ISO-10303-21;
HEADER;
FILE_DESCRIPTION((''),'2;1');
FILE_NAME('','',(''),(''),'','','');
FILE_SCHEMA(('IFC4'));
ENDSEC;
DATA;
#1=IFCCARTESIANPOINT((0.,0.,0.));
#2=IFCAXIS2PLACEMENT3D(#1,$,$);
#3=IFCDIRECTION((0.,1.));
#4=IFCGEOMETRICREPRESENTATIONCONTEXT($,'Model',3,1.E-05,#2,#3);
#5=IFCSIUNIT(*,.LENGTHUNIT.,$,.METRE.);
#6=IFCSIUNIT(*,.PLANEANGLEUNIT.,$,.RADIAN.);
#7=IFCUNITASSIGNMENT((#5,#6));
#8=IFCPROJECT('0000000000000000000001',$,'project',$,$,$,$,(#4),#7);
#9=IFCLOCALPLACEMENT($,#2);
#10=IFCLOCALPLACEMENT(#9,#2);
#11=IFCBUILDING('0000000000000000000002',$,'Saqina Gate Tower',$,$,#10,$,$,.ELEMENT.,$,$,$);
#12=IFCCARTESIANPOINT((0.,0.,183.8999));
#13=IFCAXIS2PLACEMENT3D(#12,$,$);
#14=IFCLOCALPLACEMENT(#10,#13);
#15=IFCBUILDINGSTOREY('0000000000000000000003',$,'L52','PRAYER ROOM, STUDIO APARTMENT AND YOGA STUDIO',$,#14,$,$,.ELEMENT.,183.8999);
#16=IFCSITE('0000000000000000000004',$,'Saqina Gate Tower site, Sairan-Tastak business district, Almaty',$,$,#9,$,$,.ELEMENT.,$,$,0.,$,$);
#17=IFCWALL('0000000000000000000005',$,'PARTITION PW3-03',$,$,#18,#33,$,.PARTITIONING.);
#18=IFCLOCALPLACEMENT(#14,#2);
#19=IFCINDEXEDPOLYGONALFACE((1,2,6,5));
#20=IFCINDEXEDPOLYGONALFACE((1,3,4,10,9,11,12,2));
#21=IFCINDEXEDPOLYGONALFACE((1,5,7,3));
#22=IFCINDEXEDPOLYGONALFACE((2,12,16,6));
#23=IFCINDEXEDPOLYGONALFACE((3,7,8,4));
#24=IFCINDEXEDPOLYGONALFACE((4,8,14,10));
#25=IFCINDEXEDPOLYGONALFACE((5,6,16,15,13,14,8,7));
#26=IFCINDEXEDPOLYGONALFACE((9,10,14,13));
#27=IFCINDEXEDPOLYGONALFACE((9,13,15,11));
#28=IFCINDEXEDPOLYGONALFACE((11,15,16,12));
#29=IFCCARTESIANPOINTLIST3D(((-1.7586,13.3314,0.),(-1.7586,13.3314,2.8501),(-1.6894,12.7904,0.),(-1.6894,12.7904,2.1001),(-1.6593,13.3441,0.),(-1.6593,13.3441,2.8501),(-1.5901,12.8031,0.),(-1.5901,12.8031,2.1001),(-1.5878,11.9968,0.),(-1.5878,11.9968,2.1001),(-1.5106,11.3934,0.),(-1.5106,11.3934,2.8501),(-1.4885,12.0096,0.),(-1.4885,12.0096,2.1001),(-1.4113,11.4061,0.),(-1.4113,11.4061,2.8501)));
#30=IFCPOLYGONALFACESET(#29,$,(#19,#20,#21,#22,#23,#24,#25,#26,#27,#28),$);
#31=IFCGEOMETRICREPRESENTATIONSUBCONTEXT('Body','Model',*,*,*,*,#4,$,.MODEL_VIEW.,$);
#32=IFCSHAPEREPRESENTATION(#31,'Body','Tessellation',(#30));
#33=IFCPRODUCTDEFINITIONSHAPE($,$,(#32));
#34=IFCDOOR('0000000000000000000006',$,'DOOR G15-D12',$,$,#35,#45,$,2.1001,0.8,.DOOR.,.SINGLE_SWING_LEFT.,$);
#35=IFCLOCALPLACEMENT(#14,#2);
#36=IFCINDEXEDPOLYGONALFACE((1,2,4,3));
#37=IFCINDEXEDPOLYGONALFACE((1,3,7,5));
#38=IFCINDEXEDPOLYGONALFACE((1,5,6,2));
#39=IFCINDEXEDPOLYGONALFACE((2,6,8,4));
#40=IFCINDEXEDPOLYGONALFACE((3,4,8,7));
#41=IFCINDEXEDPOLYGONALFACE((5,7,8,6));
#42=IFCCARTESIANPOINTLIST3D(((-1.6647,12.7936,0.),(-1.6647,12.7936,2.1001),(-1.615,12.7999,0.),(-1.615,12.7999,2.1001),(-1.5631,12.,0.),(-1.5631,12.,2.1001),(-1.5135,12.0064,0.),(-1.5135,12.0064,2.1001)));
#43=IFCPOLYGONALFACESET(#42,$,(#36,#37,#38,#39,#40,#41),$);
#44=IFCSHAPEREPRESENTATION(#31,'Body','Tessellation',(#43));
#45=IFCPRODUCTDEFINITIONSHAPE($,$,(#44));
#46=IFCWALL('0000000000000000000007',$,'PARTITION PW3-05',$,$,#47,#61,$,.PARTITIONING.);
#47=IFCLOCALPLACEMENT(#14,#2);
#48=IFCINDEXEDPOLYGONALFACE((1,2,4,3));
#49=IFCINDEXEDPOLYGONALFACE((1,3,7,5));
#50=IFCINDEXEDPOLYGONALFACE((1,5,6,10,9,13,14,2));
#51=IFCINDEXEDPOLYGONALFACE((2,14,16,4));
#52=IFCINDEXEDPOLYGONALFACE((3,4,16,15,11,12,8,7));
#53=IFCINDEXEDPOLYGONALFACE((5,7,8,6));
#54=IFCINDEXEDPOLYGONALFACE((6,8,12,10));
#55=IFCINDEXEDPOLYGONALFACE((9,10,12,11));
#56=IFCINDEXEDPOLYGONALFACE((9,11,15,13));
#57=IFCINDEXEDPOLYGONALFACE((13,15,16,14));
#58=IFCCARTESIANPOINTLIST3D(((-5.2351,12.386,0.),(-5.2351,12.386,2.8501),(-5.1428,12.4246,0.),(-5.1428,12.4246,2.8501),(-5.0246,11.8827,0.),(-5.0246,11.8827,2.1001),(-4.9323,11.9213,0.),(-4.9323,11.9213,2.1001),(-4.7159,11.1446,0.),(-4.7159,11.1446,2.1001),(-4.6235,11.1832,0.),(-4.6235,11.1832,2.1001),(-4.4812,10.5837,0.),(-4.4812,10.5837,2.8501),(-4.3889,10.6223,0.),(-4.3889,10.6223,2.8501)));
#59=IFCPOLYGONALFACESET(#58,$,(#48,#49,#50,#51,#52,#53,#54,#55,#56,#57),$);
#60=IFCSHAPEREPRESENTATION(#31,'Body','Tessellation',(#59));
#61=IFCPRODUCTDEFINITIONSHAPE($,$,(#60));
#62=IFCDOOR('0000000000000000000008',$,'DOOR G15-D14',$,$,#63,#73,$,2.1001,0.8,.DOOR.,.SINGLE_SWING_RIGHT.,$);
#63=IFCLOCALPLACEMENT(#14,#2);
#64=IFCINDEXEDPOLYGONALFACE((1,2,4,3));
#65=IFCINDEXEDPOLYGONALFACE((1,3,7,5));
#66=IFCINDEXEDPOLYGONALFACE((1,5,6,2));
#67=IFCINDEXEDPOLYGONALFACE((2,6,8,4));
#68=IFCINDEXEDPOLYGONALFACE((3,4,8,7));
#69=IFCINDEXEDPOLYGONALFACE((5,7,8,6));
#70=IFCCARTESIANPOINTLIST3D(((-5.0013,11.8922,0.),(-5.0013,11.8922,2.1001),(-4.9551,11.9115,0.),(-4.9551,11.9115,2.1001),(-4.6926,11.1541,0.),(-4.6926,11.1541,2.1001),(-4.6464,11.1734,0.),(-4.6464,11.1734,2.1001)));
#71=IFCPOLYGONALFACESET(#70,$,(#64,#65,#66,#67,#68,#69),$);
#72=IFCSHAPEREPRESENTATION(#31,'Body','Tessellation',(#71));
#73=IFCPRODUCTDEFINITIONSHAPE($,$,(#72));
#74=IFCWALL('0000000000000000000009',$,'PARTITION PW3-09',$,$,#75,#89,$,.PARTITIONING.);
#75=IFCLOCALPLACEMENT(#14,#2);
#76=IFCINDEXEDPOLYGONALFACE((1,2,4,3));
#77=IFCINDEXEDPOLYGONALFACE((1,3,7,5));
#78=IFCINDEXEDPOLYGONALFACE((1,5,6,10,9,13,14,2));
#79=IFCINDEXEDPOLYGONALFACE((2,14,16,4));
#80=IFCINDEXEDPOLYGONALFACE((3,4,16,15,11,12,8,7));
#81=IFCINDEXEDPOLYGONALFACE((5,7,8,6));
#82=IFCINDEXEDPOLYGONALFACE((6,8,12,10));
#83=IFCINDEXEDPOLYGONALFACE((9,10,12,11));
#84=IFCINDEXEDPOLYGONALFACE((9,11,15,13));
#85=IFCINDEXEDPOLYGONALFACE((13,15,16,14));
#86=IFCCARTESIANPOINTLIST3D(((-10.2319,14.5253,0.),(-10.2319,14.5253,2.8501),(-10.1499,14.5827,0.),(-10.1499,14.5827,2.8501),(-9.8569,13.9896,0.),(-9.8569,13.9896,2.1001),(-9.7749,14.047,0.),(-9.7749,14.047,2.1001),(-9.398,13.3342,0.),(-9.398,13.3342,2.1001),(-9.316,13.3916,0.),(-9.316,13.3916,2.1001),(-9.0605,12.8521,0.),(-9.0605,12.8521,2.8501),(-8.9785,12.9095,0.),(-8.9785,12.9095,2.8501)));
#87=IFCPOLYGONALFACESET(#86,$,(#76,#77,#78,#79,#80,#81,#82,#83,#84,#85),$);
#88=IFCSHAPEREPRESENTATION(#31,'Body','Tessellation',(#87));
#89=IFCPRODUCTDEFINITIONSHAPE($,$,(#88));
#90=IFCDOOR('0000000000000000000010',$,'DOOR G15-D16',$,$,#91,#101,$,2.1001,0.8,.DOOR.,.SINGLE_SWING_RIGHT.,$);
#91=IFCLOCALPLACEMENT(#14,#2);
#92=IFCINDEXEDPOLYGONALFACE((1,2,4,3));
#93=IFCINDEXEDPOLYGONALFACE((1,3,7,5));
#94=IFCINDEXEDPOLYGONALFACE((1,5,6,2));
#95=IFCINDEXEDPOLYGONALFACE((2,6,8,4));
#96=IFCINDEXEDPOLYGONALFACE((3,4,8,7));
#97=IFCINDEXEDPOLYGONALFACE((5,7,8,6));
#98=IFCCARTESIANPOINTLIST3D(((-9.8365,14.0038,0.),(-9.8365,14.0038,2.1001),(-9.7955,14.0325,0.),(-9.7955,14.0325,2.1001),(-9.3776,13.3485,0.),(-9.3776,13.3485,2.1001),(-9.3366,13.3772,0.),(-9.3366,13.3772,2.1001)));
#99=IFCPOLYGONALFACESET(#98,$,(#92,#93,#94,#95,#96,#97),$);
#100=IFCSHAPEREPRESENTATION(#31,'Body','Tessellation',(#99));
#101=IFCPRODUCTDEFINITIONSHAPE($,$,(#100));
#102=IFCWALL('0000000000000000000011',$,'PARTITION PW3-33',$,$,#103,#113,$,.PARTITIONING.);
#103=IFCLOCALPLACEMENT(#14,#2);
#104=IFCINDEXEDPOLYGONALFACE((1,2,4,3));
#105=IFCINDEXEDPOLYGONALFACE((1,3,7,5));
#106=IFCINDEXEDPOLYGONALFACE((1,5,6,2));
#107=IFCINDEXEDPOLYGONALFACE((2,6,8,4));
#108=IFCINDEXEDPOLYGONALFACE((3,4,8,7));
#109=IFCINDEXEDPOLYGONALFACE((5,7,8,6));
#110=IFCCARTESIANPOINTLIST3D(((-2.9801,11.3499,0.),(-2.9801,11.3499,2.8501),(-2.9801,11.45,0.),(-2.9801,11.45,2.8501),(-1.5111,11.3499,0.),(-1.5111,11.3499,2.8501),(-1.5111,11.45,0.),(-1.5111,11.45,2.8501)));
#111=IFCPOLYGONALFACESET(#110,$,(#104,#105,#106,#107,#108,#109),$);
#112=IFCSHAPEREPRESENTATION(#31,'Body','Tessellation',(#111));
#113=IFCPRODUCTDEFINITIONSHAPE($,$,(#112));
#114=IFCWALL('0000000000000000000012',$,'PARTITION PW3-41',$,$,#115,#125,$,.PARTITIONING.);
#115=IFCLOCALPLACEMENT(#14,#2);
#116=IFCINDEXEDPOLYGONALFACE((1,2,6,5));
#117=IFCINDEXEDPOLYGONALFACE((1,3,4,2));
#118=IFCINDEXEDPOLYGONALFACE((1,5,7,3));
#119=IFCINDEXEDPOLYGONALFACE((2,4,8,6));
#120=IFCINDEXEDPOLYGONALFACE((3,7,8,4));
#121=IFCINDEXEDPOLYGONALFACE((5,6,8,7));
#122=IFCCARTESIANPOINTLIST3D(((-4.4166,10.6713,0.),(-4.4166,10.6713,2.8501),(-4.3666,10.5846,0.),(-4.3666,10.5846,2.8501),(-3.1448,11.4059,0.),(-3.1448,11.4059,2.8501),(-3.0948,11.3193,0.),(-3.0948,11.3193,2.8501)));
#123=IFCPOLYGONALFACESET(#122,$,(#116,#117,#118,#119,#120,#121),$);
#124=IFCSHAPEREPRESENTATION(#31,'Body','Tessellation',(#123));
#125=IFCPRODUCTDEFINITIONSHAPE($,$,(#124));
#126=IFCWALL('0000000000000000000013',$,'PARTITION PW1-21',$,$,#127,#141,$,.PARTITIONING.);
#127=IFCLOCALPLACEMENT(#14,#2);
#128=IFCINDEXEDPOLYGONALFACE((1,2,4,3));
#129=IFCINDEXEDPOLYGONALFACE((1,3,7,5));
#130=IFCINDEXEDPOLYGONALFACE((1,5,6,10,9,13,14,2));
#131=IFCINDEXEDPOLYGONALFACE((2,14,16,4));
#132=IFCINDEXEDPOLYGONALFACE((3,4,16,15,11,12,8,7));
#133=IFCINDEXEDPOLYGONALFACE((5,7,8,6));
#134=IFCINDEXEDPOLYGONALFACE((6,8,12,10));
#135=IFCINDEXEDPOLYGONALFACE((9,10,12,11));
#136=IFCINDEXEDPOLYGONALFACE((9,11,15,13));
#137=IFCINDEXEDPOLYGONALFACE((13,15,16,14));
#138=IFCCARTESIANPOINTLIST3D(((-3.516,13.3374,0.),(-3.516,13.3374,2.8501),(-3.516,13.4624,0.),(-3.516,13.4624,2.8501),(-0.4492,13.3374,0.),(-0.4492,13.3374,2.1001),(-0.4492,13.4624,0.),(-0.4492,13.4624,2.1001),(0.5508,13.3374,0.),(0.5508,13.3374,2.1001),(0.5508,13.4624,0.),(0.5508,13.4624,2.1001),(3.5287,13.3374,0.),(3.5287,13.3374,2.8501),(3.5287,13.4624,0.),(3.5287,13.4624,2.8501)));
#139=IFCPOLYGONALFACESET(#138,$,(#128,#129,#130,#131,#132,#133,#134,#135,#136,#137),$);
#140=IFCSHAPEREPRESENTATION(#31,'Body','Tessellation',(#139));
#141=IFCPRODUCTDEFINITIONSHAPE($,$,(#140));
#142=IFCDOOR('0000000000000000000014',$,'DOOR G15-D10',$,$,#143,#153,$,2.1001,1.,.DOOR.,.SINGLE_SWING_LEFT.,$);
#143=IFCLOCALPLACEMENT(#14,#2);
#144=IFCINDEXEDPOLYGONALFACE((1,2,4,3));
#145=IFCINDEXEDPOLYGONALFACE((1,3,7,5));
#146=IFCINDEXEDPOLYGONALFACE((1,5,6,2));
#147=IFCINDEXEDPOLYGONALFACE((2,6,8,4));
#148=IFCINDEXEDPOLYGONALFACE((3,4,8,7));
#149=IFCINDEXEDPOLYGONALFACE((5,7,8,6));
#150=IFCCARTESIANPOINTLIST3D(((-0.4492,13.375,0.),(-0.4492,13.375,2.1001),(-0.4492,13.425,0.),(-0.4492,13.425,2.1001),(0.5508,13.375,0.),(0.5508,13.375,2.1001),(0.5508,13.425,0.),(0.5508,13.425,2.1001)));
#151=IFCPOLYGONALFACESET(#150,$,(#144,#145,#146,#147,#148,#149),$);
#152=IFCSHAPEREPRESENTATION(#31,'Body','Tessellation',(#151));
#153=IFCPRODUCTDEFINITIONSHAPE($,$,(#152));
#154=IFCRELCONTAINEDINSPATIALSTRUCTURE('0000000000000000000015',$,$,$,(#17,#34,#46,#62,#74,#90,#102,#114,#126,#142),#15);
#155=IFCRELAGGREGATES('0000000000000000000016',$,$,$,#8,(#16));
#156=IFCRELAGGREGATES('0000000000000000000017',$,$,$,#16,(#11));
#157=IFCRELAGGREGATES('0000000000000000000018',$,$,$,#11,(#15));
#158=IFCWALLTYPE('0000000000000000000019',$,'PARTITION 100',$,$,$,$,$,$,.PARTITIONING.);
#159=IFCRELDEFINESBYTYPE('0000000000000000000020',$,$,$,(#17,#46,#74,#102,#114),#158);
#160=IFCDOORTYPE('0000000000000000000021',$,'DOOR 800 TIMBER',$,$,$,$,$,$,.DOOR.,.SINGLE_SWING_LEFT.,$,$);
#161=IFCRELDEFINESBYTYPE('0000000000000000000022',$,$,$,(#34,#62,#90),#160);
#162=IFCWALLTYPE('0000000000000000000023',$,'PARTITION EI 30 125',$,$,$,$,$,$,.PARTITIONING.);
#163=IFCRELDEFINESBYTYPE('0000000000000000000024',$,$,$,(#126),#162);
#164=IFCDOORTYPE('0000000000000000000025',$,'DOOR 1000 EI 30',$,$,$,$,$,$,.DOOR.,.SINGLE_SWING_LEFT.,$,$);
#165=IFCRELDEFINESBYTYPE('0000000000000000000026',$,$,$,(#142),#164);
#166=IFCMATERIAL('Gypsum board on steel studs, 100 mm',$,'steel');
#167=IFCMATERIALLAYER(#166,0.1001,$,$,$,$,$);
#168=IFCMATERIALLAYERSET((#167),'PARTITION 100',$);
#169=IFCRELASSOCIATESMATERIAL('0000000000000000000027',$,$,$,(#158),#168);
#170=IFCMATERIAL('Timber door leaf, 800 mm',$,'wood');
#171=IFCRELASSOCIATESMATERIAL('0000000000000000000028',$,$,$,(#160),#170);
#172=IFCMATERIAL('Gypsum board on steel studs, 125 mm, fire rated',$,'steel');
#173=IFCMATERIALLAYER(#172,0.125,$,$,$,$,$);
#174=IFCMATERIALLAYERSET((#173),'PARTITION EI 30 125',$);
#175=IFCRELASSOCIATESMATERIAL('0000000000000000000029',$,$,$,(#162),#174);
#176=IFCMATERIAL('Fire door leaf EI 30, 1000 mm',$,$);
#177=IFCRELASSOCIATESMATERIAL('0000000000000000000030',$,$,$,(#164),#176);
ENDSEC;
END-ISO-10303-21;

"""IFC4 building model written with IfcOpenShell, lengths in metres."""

from ifc_helpers import new_model, si_unit, direction, frame, frame_2d, origin, place, context, subcontext, project, spatial, rectangle, extrude, material, layer, layer_set, type_object, element, fill, save


model = new_model("IFC4")

# Units and contexts
model_context = context("Model", 3, precision=1e-05, world=origin(), true_north=direction((0.0, 1.0)))
body_context = subcontext(model_context, "Body", "Model", "MODEL_VIEW")
ifc_project = project(units=[si_unit("LENGTHUNIT", "METRE"), si_unit("PLANEANGLEUNIT", "RADIAN")], contexts=[model_context])

# Site, building, storey
site_placement = place(None, origin())
site = spatial("IfcSite", under=ifc_project, at=site_placement, Name="Saqina Gate Tower site, Sairan-Tastak business district, Almaty", CompositionType="ELEMENT", RefElevation=0.0)
building_placement = place(site_placement, origin())
building = spatial("IfcBuilding", under=site, at=building_placement, Name="Saqina Gate Tower", CompositionType="ELEMENT")
storey_placement = place(building_placement, frame((0.0, 0.0, 183.8999)))
storey = spatial("IfcBuildingStorey", under=building, at=storey_placement, Name="L52", Description="PRAYER ROOM, STUDIO APARTMENT AND YOGA STUDIO", CompositionType="ELEMENT", Elevation=183.8999)

# Walls, openings, doors
ifc_material_1 = material(Name="Gypsum board on steel studs, 100 mm", Category="steel")
ifc_layer_1 = layer(ifc_material_1, 0.1001)
ifc_layer_set_1 = layer_set([ifc_layer_1], Name="PARTITION 100")
wall_type_1 = type_object("IfcWallType", Name="PARTITION 100", PredefinedType="PARTITIONING", material=ifc_layer_set_1)
wall_1_placement = place(storey_placement, frame((-1.709, 13.3379, 0.0), z_axis=(0.0, 0.0, 1.0), x_axis=(0.126956, -0.991908, 0.0)))
wall_1 = element("IfcWall", 1, at=wall_1_placement, inside=storey, type_object=wall_type_1, Name="PARTITION PW3-03", PredefinedType="PARTITIONING", context=body_context, shape_type="SweptSolid", body=[
    extrude(rectangle(XDim=1.9539, YDim=0.1001, at=frame_2d((0.9771, 0.0))), origin(), (0.0, 0.0, 1.0), 2.8501),
])
opening_1_placement = place(wall_1_placement, frame((0.5457, 0.0, 0.0)))
opening_1 = element("IfcOpeningElement", 2, at=opening_1_placement, cuts=wall_1, PredefinedType="OPENING", context=body_context, shape_type="SweptSolid", body=[
    extrude(rectangle(XDim=0.8, YDim=2.1001, at=frame_2d((0.3999, 1.05))), frame((0.0, 0.062, 0.0), z_axis=(0.0, -1.0, 0.0), x_axis=(1.0, 0.0, 0.0)), (0.0, 0.0, 1.0), 0.124),
])
ifc_material_2 = material(Name="Timber door leaf, 800 mm", Category="wood")
door_type_1 = type_object("IfcDoorType", Name="DOOR 800 TIMBER", OperationType="SINGLE_SWING_LEFT", PredefinedType="DOOR", material=ifc_material_2)
door_1_placement = place(opening_1_placement, origin())
door_1 = element("IfcDoor", 3, at=door_1_placement, inside=storey, type_object=door_type_1, Name="DOOR G15-D12", OperationType="SINGLE_SWING_LEFT", OverallHeight=2.1001, OverallWidth=0.8, PredefinedType="DOOR", context=body_context, shape_type="SweptSolid", body=[
    extrude(rectangle(XDim=0.8, YDim=2.1001, at=frame_2d((0.3999, 1.05))), frame((0.0, 0.0249, 0.0), z_axis=(0.0, -1.0, 0.0), x_axis=(1.0, 0.0, 0.0)), (0.0, 0.0, 1.0), 0.05),
])
fill(opening_1, door_1)
wall_2_placement = place(storey_placement, frame((-5.189, 12.4053, 0.0), z_axis=(0.0, 0.0, 1.0), x_axis=(0.385911, -0.922536, 0.0)))
wall_2 = element("IfcWall", 4, at=wall_2_placement, inside=storey, type_object=wall_type_1, Name="PARTITION PW3-05", PredefinedType="PARTITIONING", context=body_context, shape_type="SweptSolid", body=[
    extrude(rectangle(XDim=1.9536, YDim=0.1001, at=frame_2d((0.9768, 0.0))), origin(), (0.0, 0.0, 1.0), 2.8501),
])
opening_2_placement = place(wall_2_placement, frame((0.5457, 0.0, 0.0)))
opening_2 = element("IfcOpeningElement", 5, at=opening_2_placement, cuts=wall_2, PredefinedType="OPENING", context=body_context, shape_type="SweptSolid", body=[
    extrude(rectangle(XDim=0.8, YDim=2.1001, at=frame_2d((0.3999, 1.05))), frame((0.0, 0.062, 0.0), z_axis=(0.0, -1.0, 0.0), x_axis=(1.0, 0.0, 0.0)), (0.0, 0.0, 1.0), 0.124),
])
door_2_placement = place(opening_2_placement, frame((0.8, 0.0, 0.0), z_axis=(0.0, 0.0, 1.0), x_axis=(-1.0, 0.0, 0.0)))
door_2 = element("IfcDoor", 6, at=door_2_placement, inside=storey, type_object=door_type_1, Name="DOOR G15-D14", OperationType="SINGLE_SWING_RIGHT", OverallHeight=2.1001, OverallWidth=0.8, PredefinedType="DOOR", context=body_context, shape_type="SweptSolid", body=[
    extrude(rectangle(XDim=0.8, YDim=2.1001, at=frame_2d((0.3999, 1.05))), frame((0.0, 0.0249, 0.0), z_axis=(0.0, -1.0, 0.0), x_axis=(1.0, 0.0, 0.0)), (0.0, 0.0, 1.0), 0.05),
])
fill(opening_2, door_2)
wall_3_placement = place(storey_placement, frame((-10.1909, 14.554, 0.0), z_axis=(0.0, 0.0, 1.0), x_axis=(0.573535, -0.819181, 0.0)))
wall_3 = element("IfcWall", 7, at=wall_3_placement, inside=storey, type_object=wall_type_1, Name="PARTITION PW3-09", PredefinedType="PARTITIONING", context=body_context, shape_type="SweptSolid", body=[
    extrude(rectangle(XDim=2.0425, YDim=0.1001, at=frame_2d((1.0212, 0.0))), origin(), (0.0, 0.0, 1.0), 2.8501),
])
opening_3_placement = place(wall_3_placement, frame((0.6541, 0.0, 0.0)))
opening_3 = element("IfcOpeningElement", 8, at=opening_3_placement, cuts=wall_3, PredefinedType="OPENING", context=body_context, shape_type="SweptSolid", body=[
    extrude(rectangle(XDim=0.8, YDim=2.1001, at=frame_2d((0.3999, 1.05))), frame((0.0, 0.062, 0.0), z_axis=(0.0, -1.0, 0.0), x_axis=(1.0, 0.0, 0.0)), (0.0, 0.0, 1.0), 0.124),
])
door_3_placement = place(opening_3_placement, origin())
door_3 = element("IfcDoor", 9, at=door_3_placement, inside=storey, type_object=door_type_1, Name="DOOR G15-D16", OperationType="SINGLE_SWING_RIGHT", OverallHeight=2.1001, OverallWidth=0.8, PredefinedType="DOOR", context=body_context, shape_type="SweptSolid", body=[
    extrude(rectangle(XDim=0.8, YDim=2.1001, at=frame_2d((0.3999, 1.05))), frame((0.0, 0.0249, 0.0), z_axis=(0.0, -1.0, 0.0), x_axis=(1.0, 0.0, 0.0)), (0.0, 0.0, 1.0), 0.05),
])
fill(opening_3, door_3)

# Walls
wall_4_placement = place(storey_placement, frame((-2.98, 11.3999, 0.0), z_axis=(0.0, 0.0, 1.0), x_axis=(1.0, 0.0, 0.0)))
element("IfcWall", 10, at=wall_4_placement, inside=storey, type_object=wall_type_1, Name="PARTITION PW3-33", PredefinedType="PARTITIONING", context=body_context, shape_type="SweptSolid", body=[
    extrude(rectangle(XDim=1.469, YDim=0.1001, at=frame_2d((0.7344, 0.0))), origin(), (0.0, 0.0, 1.0), 2.8501),
])
wall_5_placement = place(storey_placement, frame((-4.3916, 10.6279, 0.0), z_axis=(0.0, 0.0, 1.0), x_axis=(0.865911, 0.500197, 0.0)))
element("IfcWall", 11, at=wall_5_placement, inside=storey, type_object=wall_type_1, Name="PARTITION PW3-41", PredefinedType="PARTITIONING", context=body_context, shape_type="SweptSolid", body=[
    extrude(rectangle(XDim=1.4688, YDim=0.1001, at=frame_2d((0.7344, 0.0))), origin(), (0.0, 0.0, 1.0), 2.8501),
])

# Wall, opening, door
ifc_material_3 = material(Name="Gypsum board on steel studs, 125 mm, fire rated", Category="steel")
ifc_layer_2 = layer(ifc_material_3, 0.125)
ifc_layer_set_2 = layer_set([ifc_layer_2], Name="PARTITION EI 30 125")
wall_type_2 = type_object("IfcWallType", Name="PARTITION EI 30 125", PredefinedType="PARTITIONING", material=ifc_layer_set_2)
wall_6_placement = place(storey_placement, frame((-3.5161, 13.3999, 0.0), z_axis=(0.0, 0.0, 1.0), x_axis=(1.0, 0.0, 0.0)))
wall_6 = element("IfcWall", 12, at=wall_6_placement, inside=storey, type_object=wall_type_2, Name="PARTITION PW1-21", PredefinedType="PARTITIONING", context=body_context, shape_type="SweptSolid", body=[
    extrude(rectangle(XDim=7.0447, YDim=0.125, at=frame_2d((3.5225, 0.0))), origin(), (0.0, 0.0, 1.0), 2.8501),
])
opening_4_placement = place(wall_6_placement, frame((3.0669, 0.0, 0.0)))
opening_4 = element("IfcOpeningElement", 13, at=opening_4_placement, cuts=wall_6, PredefinedType="OPENING", context=body_context, shape_type="SweptSolid", body=[
    extrude(rectangle(XDim=1.0, YDim=2.1001, at=frame_2d((0.5, 1.05))), frame((0.0, 0.0745, 0.0), z_axis=(0.0, -1.0, 0.0), x_axis=(1.0, 0.0, 0.0)), (0.0, 0.0, 1.0), 0.1489),
])
ifc_material_4 = material(Name="Fire door leaf EI 30, 1000 mm")
door_type_2 = type_object("IfcDoorType", Name="DOOR 1000 EI 30", OperationType="SINGLE_SWING_LEFT", PredefinedType="DOOR", material=ifc_material_4)
door_4_placement = place(opening_4_placement, frame((1.0, 0.0, 0.0), z_axis=(0.0, 0.0, 1.0), x_axis=(-1.0, 0.0, 0.0)))
door_4 = element("IfcDoor", 14, at=door_4_placement, inside=storey, type_object=door_type_2, Name="DOOR G15-D10", OperationType="SINGLE_SWING_LEFT", OverallHeight=2.1001, OverallWidth=1.0, PredefinedType="DOOR", context=body_context, shape_type="SweptSolid", body=[
    extrude(rectangle(XDim=1.0, YDim=2.1001, at=frame_2d((0.5, 1.05))), frame((0.0, 0.0249, 0.0), z_axis=(0.0, -1.0, 0.0), x_axis=(1.0, 0.0, 0.0)), (0.0, 0.0, 1.0), 0.05),
])
fill(opening_4, door_4)

save(model, "model.ifc")
